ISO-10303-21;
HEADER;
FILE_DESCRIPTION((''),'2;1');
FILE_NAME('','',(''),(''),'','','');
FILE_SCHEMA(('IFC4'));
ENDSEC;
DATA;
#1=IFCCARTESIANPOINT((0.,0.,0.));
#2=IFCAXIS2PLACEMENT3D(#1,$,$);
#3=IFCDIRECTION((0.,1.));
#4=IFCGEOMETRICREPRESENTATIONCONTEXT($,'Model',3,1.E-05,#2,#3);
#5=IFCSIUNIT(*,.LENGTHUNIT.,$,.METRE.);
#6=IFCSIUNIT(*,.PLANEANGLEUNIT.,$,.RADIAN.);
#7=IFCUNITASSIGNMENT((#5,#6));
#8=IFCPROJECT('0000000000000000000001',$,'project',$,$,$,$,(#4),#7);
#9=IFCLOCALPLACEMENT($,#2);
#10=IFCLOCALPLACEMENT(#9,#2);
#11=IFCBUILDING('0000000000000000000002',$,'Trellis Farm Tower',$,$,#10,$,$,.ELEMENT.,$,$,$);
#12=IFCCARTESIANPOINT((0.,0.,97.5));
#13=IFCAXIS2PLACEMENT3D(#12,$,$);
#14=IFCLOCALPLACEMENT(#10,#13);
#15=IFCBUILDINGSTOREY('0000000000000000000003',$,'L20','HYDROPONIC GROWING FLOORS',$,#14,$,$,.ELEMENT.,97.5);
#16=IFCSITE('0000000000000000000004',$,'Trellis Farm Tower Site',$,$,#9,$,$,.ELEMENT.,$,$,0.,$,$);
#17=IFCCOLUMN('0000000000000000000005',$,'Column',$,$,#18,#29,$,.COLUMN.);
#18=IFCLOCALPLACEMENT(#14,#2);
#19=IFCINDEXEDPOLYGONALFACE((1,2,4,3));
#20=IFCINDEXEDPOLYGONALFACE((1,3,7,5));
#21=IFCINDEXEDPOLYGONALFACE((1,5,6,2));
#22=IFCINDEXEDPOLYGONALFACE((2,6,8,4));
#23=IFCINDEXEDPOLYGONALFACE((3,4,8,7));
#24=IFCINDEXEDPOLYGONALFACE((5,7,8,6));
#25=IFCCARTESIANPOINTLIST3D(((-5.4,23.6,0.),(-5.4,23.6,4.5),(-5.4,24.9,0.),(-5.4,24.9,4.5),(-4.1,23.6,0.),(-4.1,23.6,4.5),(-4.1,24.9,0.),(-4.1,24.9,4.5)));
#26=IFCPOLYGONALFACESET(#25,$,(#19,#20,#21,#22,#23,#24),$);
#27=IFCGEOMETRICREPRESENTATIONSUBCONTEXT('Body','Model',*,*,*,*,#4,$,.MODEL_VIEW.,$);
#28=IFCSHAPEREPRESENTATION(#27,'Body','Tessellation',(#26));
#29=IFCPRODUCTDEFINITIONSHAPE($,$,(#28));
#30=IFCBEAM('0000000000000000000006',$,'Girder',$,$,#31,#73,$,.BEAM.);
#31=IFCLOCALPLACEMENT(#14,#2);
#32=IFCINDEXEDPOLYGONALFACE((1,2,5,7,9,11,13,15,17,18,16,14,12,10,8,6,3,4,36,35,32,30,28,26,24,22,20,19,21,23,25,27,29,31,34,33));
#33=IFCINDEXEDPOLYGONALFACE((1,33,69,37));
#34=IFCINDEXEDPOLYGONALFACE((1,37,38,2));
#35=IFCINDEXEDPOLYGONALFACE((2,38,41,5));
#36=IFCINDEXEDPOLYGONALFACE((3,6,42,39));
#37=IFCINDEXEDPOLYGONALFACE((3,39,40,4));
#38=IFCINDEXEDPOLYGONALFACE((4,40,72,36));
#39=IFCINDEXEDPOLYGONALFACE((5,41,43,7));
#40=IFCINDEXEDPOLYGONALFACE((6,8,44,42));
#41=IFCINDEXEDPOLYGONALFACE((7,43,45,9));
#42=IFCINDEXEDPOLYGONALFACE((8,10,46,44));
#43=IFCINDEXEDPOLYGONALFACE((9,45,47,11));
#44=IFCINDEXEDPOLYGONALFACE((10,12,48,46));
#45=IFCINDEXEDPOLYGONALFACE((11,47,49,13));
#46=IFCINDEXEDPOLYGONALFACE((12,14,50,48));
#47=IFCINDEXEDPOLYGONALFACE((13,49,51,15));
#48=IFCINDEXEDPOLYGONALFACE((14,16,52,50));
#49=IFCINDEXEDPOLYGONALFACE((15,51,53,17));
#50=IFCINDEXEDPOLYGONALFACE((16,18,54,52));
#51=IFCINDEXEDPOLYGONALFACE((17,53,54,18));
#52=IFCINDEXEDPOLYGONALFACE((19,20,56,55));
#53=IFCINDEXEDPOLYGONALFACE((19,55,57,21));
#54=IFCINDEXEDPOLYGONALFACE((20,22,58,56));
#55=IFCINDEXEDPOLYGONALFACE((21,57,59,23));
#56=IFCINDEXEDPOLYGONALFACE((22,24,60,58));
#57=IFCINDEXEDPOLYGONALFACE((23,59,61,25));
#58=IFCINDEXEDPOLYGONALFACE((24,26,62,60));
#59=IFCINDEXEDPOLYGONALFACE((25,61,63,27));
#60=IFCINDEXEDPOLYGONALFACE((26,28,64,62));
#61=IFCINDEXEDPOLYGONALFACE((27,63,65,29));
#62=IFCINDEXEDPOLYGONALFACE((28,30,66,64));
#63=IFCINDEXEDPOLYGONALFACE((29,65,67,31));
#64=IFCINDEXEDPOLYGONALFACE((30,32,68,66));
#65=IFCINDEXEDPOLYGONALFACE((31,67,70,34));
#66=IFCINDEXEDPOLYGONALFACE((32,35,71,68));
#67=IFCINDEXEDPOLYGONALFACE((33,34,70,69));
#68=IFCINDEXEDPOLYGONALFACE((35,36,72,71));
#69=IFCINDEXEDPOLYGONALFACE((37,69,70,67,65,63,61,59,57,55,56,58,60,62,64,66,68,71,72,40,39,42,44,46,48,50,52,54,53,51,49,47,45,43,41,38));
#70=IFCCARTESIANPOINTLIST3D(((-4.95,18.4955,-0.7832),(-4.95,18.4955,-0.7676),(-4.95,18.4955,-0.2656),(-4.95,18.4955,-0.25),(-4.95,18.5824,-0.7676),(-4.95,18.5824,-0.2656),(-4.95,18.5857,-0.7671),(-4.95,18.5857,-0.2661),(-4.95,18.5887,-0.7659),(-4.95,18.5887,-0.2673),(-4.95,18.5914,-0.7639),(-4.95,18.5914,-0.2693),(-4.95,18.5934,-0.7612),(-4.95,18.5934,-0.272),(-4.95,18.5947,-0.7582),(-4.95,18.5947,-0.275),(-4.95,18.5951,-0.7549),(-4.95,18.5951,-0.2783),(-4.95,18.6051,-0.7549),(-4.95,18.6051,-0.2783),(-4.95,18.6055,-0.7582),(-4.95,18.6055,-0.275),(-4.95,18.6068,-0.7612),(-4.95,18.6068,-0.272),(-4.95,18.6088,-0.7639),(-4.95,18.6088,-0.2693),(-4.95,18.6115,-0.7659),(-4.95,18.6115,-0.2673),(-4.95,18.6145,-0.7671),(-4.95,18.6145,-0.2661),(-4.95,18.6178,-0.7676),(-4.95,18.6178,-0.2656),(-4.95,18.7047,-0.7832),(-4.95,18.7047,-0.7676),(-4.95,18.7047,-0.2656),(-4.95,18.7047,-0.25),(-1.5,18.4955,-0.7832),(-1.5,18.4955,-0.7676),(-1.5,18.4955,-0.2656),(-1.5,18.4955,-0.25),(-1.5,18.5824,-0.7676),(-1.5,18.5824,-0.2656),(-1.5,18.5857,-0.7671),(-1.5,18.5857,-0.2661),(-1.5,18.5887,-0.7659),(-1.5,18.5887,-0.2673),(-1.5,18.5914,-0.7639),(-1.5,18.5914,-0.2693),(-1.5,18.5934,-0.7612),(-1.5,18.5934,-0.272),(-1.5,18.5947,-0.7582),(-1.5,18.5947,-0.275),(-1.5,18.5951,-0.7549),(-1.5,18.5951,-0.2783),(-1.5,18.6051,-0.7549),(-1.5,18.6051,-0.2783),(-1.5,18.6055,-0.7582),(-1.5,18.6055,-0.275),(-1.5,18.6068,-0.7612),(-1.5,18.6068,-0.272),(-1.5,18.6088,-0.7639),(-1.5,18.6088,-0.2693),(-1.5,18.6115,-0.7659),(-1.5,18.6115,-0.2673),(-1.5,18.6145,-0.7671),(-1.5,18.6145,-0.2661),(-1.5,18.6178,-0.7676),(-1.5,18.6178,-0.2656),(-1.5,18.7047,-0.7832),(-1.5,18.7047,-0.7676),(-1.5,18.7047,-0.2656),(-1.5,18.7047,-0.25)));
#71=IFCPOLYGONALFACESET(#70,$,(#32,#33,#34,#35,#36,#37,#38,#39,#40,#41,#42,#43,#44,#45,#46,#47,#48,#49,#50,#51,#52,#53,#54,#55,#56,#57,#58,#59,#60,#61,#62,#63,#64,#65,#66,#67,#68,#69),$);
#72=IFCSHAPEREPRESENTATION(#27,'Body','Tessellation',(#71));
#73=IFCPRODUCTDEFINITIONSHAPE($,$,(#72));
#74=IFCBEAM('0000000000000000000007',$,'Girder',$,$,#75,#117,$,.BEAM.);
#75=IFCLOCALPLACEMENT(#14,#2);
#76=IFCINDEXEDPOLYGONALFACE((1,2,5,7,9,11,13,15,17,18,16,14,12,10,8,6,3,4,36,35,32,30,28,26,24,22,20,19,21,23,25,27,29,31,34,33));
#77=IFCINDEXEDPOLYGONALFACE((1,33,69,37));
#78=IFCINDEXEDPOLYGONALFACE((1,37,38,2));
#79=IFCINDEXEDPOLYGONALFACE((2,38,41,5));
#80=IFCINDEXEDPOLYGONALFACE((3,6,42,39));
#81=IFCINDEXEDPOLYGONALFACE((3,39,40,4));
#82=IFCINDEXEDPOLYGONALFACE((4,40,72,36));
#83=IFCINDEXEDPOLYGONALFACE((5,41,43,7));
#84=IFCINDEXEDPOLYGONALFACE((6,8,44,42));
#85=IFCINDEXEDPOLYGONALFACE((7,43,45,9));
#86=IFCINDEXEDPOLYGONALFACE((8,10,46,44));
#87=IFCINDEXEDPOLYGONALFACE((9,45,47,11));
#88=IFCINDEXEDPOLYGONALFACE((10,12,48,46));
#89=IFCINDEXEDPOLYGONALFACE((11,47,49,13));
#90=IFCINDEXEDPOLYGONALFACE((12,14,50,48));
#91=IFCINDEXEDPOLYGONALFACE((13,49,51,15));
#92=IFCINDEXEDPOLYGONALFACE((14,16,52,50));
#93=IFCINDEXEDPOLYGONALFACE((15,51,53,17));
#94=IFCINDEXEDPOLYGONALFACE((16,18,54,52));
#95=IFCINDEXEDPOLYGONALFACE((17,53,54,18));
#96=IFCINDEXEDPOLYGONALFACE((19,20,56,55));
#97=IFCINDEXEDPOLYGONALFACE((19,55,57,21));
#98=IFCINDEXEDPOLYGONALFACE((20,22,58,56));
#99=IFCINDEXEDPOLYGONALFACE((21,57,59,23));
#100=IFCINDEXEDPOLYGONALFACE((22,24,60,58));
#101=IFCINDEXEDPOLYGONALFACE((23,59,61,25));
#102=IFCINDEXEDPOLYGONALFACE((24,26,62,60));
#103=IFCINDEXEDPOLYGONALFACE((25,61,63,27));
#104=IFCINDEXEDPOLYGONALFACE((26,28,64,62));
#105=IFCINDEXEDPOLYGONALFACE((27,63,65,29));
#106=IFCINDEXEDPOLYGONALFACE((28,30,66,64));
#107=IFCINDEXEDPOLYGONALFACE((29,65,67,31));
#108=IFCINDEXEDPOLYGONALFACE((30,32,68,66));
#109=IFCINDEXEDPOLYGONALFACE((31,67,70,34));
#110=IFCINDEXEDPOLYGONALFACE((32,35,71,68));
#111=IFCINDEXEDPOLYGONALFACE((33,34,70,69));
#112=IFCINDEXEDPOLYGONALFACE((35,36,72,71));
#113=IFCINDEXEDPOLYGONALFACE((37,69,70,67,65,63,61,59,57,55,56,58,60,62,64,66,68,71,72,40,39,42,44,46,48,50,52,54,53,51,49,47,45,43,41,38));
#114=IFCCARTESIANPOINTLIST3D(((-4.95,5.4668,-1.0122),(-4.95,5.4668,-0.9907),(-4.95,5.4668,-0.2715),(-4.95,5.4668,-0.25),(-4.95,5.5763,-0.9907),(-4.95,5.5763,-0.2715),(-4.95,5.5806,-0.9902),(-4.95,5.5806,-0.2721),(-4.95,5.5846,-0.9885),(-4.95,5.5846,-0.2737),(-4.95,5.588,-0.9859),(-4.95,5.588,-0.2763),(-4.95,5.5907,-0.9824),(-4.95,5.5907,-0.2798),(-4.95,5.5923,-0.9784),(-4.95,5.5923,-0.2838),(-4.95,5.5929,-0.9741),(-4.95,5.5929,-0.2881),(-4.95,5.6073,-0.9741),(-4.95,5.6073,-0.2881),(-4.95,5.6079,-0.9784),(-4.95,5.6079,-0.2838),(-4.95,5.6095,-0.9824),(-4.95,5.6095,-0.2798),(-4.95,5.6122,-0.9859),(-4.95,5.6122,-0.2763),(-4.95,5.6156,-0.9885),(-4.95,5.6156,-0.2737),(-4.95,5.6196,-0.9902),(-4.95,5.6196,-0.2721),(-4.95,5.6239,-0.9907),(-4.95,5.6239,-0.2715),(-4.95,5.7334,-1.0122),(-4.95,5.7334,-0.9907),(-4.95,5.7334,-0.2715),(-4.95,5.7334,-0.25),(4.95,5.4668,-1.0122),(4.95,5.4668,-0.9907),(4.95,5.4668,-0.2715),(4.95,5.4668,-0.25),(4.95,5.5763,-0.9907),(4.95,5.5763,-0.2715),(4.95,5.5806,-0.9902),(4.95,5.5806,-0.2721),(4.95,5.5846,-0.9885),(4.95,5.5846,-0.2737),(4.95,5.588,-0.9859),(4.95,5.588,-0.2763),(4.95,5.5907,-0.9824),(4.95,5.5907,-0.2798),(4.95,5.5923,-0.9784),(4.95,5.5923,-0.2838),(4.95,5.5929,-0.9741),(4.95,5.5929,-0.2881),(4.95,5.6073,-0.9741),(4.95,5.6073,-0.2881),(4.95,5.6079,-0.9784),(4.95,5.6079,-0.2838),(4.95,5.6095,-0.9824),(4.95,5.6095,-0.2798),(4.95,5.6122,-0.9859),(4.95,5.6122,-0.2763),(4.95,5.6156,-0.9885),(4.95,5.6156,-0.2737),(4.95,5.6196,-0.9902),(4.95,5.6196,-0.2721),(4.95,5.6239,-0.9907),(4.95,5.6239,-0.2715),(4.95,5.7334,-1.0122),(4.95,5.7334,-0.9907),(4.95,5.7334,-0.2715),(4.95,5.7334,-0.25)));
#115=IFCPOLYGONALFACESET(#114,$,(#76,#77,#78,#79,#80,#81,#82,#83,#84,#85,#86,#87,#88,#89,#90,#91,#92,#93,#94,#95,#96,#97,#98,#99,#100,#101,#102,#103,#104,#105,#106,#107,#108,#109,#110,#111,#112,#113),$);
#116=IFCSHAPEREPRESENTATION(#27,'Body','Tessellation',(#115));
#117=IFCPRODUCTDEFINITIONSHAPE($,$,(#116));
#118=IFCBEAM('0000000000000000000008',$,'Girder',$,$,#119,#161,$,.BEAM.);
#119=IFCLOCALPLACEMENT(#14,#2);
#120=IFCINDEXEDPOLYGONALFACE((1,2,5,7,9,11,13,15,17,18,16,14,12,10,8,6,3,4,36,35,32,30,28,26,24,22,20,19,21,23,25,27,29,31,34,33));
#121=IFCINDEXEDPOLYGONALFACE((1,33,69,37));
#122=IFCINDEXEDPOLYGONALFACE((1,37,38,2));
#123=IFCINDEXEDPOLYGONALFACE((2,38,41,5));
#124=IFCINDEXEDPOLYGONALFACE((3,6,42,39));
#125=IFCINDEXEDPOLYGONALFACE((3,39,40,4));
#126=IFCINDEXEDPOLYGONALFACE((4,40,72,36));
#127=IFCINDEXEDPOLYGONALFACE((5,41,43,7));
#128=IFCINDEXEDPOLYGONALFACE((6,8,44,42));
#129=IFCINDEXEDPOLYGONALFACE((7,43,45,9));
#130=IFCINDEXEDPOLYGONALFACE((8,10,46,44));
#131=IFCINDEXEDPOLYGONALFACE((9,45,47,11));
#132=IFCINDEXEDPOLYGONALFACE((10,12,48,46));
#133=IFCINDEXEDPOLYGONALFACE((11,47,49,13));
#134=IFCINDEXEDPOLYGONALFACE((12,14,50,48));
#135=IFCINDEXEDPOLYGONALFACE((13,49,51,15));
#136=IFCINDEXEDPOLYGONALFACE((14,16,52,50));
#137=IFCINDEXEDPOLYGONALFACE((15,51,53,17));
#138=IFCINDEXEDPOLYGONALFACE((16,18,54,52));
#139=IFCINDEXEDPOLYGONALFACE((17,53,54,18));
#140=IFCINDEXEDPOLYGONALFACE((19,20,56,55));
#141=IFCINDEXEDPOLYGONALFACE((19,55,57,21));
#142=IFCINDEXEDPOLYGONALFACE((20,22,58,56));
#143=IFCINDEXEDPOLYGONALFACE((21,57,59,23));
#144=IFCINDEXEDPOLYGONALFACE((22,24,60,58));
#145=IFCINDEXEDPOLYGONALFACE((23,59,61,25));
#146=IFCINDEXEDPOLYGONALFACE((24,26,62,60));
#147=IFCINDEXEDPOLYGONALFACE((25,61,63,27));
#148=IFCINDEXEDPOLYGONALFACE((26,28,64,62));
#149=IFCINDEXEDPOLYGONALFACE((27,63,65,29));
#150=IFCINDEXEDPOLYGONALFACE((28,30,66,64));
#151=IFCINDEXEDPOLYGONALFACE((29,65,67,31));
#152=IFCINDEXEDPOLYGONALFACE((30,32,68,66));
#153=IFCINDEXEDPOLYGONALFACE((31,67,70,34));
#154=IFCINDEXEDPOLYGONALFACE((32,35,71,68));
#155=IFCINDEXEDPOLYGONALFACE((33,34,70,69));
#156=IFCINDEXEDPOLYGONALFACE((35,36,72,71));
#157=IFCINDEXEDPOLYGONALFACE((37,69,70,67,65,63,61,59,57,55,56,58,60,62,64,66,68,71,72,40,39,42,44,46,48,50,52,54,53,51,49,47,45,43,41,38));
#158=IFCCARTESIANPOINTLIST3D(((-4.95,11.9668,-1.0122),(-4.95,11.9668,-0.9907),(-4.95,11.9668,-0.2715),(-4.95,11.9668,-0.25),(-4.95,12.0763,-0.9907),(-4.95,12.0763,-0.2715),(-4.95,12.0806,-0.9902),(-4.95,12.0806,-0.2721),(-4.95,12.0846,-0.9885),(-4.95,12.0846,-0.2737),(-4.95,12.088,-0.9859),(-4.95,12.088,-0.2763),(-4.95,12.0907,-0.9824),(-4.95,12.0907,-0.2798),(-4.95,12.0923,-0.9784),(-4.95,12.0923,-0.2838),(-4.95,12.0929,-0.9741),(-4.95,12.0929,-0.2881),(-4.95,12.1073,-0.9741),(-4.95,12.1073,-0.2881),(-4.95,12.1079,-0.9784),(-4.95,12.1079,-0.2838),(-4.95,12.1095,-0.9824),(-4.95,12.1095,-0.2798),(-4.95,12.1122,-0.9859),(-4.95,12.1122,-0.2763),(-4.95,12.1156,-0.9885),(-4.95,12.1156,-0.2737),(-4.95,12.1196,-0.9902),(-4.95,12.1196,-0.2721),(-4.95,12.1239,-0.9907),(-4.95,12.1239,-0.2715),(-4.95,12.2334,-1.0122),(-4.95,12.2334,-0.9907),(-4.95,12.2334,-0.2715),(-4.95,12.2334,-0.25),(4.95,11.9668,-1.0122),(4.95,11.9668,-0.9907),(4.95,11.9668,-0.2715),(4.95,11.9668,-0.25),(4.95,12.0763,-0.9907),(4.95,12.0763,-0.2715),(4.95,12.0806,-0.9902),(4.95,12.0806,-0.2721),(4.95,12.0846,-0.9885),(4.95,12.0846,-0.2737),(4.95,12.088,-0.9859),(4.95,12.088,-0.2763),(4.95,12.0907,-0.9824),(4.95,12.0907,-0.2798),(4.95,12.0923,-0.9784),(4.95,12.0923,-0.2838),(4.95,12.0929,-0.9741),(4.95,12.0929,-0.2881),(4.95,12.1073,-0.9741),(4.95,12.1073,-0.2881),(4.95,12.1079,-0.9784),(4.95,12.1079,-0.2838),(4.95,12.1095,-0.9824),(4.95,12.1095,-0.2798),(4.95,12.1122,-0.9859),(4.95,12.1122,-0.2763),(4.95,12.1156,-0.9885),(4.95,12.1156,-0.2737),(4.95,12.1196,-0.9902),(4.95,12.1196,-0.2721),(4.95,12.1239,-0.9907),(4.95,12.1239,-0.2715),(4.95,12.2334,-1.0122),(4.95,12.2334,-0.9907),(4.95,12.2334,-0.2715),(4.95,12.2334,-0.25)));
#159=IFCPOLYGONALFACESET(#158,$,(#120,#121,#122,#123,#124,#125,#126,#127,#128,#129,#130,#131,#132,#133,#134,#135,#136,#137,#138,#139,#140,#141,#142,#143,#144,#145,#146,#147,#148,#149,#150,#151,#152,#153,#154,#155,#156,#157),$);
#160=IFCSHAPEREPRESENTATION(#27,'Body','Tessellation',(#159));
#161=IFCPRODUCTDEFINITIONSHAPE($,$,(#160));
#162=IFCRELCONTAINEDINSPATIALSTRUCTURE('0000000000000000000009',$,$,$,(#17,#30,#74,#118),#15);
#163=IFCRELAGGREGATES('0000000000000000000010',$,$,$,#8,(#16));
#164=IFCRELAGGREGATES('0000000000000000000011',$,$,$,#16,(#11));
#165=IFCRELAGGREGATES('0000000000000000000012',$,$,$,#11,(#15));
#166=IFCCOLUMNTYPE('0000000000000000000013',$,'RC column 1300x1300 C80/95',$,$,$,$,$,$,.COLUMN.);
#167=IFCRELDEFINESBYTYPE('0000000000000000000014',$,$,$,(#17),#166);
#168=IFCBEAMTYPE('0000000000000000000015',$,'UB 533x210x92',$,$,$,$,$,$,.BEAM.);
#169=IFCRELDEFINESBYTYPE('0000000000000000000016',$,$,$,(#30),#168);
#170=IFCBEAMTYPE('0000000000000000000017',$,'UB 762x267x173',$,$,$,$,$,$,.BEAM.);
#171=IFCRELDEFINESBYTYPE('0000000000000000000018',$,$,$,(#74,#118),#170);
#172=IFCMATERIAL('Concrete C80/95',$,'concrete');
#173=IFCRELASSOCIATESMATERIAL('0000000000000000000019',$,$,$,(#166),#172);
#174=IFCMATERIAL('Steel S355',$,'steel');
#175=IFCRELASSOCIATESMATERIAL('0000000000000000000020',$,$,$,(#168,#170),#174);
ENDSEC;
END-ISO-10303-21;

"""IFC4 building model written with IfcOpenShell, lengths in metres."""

from ifc_helpers import new_model, si_unit, direction, frame, origin, origin_2d, place, context, subcontext, project, spatial, rectangle, i_section, extrude, source, transform, mapped, material, material_profile, profile_set, type_object, element, save


model = new_model("IFC4")

# Units and contexts
model_context = context("Model", 3, precision=1e-05, world=origin(), true_north=direction((0.0, 1.0)))
body_context = subcontext(model_context, "Body", "Model", "MODEL_VIEW")
ifc_project = project(units=[si_unit("LENGTHUNIT", "METRE"), si_unit("PLANEANGLEUNIT", "RADIAN")], contexts=[model_context])

# Site, building, storey
site_placement = place(None, origin())
site = spatial("IfcSite", under=ifc_project, at=site_placement, Name="Trellis Farm Tower Site", CompositionType="ELEMENT", RefElevation=0.0)
building_placement = place(site_placement, origin())
building = spatial("IfcBuilding", under=site, at=building_placement, Name="Trellis Farm Tower", CompositionType="ELEMENT")
storey_placement = place(building_placement, frame((0.0, 0.0, 97.5)))
storey = spatial("IfcBuildingStorey", under=building, at=storey_placement, Name="L20", Description="HYDROPONIC GROWING FLOORS", CompositionType="ELEMENT", Elevation=97.5)

# Column
ifc_material_1 = material(Name="Concrete C80/95", Category="concrete")
ifc_material_profile_1 = material_profile(ifc_material_1, rectangle(XDim=1.3, YDim=1.3, at=origin_2d()), Name="RC column 1300x1300 C80/95")
ifc_profile_set_1 = profile_set([ifc_material_profile_1], Name="Concrete C80/95")
column_type = type_object("IfcColumnType", Name="RC column 1300x1300 C80/95", PredefinedType="COLUMN", material=ifc_profile_set_1)
shared_shape_1 = source(origin(), body_context, "Body", "SweptSolid", [
    extrude(rectangle(XDim=1.3, YDim=1.3, at=origin_2d()), origin(), (0.0, 0.0, 1.0), 4.5),
])
column_placement = place(storey_placement, frame((-4.75, 24.25, 0.0), z_axis=(0.0, 0.0, 1.0), x_axis=(1.0, 0.0, 0.0)))
element("IfcColumn", 1, at=column_placement, inside=storey, type_object=column_type, Name="Column", PredefinedType="COLUMN", context=body_context, shape_type="MappedRepresentation", body=[
    mapped(shared_shape_1, transform((0.0, 0.0, 0.0))),
])

# Beams
ifc_material_2 = material(Name="Steel S355", Category="steel")
ifc_material_profile_2 = material_profile(ifc_material_2, i_section(OverallWidth=0.2092, OverallDepth=0.5332, WebThickness=0.01, FlangeThickness=0.0156, FilletRadius=0.0127, at=origin_2d()), Name="UB 533x210x92")
ifc_profile_set_2 = profile_set([ifc_material_profile_2], Name="Steel S355")
beam_type_1 = type_object("IfcBeamType", Name="UB 533x210x92", PredefinedType="BEAM", material=ifc_profile_set_2)
shared_shape_2 = source(origin(), body_context, "Body", "SweptSolid", [
    extrude(i_section(OverallWidth=0.2092, OverallDepth=0.5332, WebThickness=0.01, FlangeThickness=0.0156, FilletRadius=0.0127, at=origin_2d()), origin(), (0.0, 0.0, 1.0), 3.45),
])
beam_1_placement = place(storey_placement, frame((-4.95, 18.6001, -0.5166), z_axis=(1.0, 0.0, 0.0), x_axis=(0.0, 1.0, 0.0)))
element("IfcBeam", 2, at=beam_1_placement, inside=storey, type_object=beam_type_1, Name="Girder", PredefinedType="BEAM", context=body_context, shape_type="MappedRepresentation", body=[
    mapped(shared_shape_2, transform((0.0, 0.0, 0.0))),
])
ifc_material_profile_3 = material_profile(ifc_material_2, i_section(OverallWidth=0.2666, OverallDepth=0.7622, WebThickness=0.0144, FlangeThickness=0.0215, FilletRadius=0.0166, at=origin_2d()), Name="UB 762x267x173")
ifc_profile_set_3 = profile_set([ifc_material_profile_3], Name="Steel S355")
beam_type_2 = type_object("IfcBeamType", Name="UB 762x267x173", PredefinedType="BEAM", material=ifc_profile_set_3)
shared_shape_3 = source(origin(), body_context, "Body", "SweptSolid", [
    extrude(i_section(OverallWidth=0.2666, OverallDepth=0.7622, WebThickness=0.0144, FlangeThickness=0.0215, FilletRadius=0.0166, at=origin_2d()), origin(), (0.0, 0.0, 1.0), 9.8999),
])
for number, where, z_axis, x_axis, name in (
    (3, (-4.95, 5.6001, -0.6311), (1.0, 0.0, 0.0), (0.0, 1.0, 0.0), "Girder"),
    (4, (-4.95, 12.1001, -0.6311), (1.0, 0.0, 0.0), (0.0, 1.0, 0.0), "Girder"),
):
    element("IfcBeam", number, at=place(storey_placement, frame(where, z_axis=z_axis, x_axis=x_axis)), inside=storey, type_object=beam_type_2, Name=name, PredefinedType="BEAM", context=body_context, shape_type="MappedRepresentation", body=[
        mapped(shared_shape_3, transform((0.0, 0.0, 0.0))),
    ])

save(model, "model.ifc")
